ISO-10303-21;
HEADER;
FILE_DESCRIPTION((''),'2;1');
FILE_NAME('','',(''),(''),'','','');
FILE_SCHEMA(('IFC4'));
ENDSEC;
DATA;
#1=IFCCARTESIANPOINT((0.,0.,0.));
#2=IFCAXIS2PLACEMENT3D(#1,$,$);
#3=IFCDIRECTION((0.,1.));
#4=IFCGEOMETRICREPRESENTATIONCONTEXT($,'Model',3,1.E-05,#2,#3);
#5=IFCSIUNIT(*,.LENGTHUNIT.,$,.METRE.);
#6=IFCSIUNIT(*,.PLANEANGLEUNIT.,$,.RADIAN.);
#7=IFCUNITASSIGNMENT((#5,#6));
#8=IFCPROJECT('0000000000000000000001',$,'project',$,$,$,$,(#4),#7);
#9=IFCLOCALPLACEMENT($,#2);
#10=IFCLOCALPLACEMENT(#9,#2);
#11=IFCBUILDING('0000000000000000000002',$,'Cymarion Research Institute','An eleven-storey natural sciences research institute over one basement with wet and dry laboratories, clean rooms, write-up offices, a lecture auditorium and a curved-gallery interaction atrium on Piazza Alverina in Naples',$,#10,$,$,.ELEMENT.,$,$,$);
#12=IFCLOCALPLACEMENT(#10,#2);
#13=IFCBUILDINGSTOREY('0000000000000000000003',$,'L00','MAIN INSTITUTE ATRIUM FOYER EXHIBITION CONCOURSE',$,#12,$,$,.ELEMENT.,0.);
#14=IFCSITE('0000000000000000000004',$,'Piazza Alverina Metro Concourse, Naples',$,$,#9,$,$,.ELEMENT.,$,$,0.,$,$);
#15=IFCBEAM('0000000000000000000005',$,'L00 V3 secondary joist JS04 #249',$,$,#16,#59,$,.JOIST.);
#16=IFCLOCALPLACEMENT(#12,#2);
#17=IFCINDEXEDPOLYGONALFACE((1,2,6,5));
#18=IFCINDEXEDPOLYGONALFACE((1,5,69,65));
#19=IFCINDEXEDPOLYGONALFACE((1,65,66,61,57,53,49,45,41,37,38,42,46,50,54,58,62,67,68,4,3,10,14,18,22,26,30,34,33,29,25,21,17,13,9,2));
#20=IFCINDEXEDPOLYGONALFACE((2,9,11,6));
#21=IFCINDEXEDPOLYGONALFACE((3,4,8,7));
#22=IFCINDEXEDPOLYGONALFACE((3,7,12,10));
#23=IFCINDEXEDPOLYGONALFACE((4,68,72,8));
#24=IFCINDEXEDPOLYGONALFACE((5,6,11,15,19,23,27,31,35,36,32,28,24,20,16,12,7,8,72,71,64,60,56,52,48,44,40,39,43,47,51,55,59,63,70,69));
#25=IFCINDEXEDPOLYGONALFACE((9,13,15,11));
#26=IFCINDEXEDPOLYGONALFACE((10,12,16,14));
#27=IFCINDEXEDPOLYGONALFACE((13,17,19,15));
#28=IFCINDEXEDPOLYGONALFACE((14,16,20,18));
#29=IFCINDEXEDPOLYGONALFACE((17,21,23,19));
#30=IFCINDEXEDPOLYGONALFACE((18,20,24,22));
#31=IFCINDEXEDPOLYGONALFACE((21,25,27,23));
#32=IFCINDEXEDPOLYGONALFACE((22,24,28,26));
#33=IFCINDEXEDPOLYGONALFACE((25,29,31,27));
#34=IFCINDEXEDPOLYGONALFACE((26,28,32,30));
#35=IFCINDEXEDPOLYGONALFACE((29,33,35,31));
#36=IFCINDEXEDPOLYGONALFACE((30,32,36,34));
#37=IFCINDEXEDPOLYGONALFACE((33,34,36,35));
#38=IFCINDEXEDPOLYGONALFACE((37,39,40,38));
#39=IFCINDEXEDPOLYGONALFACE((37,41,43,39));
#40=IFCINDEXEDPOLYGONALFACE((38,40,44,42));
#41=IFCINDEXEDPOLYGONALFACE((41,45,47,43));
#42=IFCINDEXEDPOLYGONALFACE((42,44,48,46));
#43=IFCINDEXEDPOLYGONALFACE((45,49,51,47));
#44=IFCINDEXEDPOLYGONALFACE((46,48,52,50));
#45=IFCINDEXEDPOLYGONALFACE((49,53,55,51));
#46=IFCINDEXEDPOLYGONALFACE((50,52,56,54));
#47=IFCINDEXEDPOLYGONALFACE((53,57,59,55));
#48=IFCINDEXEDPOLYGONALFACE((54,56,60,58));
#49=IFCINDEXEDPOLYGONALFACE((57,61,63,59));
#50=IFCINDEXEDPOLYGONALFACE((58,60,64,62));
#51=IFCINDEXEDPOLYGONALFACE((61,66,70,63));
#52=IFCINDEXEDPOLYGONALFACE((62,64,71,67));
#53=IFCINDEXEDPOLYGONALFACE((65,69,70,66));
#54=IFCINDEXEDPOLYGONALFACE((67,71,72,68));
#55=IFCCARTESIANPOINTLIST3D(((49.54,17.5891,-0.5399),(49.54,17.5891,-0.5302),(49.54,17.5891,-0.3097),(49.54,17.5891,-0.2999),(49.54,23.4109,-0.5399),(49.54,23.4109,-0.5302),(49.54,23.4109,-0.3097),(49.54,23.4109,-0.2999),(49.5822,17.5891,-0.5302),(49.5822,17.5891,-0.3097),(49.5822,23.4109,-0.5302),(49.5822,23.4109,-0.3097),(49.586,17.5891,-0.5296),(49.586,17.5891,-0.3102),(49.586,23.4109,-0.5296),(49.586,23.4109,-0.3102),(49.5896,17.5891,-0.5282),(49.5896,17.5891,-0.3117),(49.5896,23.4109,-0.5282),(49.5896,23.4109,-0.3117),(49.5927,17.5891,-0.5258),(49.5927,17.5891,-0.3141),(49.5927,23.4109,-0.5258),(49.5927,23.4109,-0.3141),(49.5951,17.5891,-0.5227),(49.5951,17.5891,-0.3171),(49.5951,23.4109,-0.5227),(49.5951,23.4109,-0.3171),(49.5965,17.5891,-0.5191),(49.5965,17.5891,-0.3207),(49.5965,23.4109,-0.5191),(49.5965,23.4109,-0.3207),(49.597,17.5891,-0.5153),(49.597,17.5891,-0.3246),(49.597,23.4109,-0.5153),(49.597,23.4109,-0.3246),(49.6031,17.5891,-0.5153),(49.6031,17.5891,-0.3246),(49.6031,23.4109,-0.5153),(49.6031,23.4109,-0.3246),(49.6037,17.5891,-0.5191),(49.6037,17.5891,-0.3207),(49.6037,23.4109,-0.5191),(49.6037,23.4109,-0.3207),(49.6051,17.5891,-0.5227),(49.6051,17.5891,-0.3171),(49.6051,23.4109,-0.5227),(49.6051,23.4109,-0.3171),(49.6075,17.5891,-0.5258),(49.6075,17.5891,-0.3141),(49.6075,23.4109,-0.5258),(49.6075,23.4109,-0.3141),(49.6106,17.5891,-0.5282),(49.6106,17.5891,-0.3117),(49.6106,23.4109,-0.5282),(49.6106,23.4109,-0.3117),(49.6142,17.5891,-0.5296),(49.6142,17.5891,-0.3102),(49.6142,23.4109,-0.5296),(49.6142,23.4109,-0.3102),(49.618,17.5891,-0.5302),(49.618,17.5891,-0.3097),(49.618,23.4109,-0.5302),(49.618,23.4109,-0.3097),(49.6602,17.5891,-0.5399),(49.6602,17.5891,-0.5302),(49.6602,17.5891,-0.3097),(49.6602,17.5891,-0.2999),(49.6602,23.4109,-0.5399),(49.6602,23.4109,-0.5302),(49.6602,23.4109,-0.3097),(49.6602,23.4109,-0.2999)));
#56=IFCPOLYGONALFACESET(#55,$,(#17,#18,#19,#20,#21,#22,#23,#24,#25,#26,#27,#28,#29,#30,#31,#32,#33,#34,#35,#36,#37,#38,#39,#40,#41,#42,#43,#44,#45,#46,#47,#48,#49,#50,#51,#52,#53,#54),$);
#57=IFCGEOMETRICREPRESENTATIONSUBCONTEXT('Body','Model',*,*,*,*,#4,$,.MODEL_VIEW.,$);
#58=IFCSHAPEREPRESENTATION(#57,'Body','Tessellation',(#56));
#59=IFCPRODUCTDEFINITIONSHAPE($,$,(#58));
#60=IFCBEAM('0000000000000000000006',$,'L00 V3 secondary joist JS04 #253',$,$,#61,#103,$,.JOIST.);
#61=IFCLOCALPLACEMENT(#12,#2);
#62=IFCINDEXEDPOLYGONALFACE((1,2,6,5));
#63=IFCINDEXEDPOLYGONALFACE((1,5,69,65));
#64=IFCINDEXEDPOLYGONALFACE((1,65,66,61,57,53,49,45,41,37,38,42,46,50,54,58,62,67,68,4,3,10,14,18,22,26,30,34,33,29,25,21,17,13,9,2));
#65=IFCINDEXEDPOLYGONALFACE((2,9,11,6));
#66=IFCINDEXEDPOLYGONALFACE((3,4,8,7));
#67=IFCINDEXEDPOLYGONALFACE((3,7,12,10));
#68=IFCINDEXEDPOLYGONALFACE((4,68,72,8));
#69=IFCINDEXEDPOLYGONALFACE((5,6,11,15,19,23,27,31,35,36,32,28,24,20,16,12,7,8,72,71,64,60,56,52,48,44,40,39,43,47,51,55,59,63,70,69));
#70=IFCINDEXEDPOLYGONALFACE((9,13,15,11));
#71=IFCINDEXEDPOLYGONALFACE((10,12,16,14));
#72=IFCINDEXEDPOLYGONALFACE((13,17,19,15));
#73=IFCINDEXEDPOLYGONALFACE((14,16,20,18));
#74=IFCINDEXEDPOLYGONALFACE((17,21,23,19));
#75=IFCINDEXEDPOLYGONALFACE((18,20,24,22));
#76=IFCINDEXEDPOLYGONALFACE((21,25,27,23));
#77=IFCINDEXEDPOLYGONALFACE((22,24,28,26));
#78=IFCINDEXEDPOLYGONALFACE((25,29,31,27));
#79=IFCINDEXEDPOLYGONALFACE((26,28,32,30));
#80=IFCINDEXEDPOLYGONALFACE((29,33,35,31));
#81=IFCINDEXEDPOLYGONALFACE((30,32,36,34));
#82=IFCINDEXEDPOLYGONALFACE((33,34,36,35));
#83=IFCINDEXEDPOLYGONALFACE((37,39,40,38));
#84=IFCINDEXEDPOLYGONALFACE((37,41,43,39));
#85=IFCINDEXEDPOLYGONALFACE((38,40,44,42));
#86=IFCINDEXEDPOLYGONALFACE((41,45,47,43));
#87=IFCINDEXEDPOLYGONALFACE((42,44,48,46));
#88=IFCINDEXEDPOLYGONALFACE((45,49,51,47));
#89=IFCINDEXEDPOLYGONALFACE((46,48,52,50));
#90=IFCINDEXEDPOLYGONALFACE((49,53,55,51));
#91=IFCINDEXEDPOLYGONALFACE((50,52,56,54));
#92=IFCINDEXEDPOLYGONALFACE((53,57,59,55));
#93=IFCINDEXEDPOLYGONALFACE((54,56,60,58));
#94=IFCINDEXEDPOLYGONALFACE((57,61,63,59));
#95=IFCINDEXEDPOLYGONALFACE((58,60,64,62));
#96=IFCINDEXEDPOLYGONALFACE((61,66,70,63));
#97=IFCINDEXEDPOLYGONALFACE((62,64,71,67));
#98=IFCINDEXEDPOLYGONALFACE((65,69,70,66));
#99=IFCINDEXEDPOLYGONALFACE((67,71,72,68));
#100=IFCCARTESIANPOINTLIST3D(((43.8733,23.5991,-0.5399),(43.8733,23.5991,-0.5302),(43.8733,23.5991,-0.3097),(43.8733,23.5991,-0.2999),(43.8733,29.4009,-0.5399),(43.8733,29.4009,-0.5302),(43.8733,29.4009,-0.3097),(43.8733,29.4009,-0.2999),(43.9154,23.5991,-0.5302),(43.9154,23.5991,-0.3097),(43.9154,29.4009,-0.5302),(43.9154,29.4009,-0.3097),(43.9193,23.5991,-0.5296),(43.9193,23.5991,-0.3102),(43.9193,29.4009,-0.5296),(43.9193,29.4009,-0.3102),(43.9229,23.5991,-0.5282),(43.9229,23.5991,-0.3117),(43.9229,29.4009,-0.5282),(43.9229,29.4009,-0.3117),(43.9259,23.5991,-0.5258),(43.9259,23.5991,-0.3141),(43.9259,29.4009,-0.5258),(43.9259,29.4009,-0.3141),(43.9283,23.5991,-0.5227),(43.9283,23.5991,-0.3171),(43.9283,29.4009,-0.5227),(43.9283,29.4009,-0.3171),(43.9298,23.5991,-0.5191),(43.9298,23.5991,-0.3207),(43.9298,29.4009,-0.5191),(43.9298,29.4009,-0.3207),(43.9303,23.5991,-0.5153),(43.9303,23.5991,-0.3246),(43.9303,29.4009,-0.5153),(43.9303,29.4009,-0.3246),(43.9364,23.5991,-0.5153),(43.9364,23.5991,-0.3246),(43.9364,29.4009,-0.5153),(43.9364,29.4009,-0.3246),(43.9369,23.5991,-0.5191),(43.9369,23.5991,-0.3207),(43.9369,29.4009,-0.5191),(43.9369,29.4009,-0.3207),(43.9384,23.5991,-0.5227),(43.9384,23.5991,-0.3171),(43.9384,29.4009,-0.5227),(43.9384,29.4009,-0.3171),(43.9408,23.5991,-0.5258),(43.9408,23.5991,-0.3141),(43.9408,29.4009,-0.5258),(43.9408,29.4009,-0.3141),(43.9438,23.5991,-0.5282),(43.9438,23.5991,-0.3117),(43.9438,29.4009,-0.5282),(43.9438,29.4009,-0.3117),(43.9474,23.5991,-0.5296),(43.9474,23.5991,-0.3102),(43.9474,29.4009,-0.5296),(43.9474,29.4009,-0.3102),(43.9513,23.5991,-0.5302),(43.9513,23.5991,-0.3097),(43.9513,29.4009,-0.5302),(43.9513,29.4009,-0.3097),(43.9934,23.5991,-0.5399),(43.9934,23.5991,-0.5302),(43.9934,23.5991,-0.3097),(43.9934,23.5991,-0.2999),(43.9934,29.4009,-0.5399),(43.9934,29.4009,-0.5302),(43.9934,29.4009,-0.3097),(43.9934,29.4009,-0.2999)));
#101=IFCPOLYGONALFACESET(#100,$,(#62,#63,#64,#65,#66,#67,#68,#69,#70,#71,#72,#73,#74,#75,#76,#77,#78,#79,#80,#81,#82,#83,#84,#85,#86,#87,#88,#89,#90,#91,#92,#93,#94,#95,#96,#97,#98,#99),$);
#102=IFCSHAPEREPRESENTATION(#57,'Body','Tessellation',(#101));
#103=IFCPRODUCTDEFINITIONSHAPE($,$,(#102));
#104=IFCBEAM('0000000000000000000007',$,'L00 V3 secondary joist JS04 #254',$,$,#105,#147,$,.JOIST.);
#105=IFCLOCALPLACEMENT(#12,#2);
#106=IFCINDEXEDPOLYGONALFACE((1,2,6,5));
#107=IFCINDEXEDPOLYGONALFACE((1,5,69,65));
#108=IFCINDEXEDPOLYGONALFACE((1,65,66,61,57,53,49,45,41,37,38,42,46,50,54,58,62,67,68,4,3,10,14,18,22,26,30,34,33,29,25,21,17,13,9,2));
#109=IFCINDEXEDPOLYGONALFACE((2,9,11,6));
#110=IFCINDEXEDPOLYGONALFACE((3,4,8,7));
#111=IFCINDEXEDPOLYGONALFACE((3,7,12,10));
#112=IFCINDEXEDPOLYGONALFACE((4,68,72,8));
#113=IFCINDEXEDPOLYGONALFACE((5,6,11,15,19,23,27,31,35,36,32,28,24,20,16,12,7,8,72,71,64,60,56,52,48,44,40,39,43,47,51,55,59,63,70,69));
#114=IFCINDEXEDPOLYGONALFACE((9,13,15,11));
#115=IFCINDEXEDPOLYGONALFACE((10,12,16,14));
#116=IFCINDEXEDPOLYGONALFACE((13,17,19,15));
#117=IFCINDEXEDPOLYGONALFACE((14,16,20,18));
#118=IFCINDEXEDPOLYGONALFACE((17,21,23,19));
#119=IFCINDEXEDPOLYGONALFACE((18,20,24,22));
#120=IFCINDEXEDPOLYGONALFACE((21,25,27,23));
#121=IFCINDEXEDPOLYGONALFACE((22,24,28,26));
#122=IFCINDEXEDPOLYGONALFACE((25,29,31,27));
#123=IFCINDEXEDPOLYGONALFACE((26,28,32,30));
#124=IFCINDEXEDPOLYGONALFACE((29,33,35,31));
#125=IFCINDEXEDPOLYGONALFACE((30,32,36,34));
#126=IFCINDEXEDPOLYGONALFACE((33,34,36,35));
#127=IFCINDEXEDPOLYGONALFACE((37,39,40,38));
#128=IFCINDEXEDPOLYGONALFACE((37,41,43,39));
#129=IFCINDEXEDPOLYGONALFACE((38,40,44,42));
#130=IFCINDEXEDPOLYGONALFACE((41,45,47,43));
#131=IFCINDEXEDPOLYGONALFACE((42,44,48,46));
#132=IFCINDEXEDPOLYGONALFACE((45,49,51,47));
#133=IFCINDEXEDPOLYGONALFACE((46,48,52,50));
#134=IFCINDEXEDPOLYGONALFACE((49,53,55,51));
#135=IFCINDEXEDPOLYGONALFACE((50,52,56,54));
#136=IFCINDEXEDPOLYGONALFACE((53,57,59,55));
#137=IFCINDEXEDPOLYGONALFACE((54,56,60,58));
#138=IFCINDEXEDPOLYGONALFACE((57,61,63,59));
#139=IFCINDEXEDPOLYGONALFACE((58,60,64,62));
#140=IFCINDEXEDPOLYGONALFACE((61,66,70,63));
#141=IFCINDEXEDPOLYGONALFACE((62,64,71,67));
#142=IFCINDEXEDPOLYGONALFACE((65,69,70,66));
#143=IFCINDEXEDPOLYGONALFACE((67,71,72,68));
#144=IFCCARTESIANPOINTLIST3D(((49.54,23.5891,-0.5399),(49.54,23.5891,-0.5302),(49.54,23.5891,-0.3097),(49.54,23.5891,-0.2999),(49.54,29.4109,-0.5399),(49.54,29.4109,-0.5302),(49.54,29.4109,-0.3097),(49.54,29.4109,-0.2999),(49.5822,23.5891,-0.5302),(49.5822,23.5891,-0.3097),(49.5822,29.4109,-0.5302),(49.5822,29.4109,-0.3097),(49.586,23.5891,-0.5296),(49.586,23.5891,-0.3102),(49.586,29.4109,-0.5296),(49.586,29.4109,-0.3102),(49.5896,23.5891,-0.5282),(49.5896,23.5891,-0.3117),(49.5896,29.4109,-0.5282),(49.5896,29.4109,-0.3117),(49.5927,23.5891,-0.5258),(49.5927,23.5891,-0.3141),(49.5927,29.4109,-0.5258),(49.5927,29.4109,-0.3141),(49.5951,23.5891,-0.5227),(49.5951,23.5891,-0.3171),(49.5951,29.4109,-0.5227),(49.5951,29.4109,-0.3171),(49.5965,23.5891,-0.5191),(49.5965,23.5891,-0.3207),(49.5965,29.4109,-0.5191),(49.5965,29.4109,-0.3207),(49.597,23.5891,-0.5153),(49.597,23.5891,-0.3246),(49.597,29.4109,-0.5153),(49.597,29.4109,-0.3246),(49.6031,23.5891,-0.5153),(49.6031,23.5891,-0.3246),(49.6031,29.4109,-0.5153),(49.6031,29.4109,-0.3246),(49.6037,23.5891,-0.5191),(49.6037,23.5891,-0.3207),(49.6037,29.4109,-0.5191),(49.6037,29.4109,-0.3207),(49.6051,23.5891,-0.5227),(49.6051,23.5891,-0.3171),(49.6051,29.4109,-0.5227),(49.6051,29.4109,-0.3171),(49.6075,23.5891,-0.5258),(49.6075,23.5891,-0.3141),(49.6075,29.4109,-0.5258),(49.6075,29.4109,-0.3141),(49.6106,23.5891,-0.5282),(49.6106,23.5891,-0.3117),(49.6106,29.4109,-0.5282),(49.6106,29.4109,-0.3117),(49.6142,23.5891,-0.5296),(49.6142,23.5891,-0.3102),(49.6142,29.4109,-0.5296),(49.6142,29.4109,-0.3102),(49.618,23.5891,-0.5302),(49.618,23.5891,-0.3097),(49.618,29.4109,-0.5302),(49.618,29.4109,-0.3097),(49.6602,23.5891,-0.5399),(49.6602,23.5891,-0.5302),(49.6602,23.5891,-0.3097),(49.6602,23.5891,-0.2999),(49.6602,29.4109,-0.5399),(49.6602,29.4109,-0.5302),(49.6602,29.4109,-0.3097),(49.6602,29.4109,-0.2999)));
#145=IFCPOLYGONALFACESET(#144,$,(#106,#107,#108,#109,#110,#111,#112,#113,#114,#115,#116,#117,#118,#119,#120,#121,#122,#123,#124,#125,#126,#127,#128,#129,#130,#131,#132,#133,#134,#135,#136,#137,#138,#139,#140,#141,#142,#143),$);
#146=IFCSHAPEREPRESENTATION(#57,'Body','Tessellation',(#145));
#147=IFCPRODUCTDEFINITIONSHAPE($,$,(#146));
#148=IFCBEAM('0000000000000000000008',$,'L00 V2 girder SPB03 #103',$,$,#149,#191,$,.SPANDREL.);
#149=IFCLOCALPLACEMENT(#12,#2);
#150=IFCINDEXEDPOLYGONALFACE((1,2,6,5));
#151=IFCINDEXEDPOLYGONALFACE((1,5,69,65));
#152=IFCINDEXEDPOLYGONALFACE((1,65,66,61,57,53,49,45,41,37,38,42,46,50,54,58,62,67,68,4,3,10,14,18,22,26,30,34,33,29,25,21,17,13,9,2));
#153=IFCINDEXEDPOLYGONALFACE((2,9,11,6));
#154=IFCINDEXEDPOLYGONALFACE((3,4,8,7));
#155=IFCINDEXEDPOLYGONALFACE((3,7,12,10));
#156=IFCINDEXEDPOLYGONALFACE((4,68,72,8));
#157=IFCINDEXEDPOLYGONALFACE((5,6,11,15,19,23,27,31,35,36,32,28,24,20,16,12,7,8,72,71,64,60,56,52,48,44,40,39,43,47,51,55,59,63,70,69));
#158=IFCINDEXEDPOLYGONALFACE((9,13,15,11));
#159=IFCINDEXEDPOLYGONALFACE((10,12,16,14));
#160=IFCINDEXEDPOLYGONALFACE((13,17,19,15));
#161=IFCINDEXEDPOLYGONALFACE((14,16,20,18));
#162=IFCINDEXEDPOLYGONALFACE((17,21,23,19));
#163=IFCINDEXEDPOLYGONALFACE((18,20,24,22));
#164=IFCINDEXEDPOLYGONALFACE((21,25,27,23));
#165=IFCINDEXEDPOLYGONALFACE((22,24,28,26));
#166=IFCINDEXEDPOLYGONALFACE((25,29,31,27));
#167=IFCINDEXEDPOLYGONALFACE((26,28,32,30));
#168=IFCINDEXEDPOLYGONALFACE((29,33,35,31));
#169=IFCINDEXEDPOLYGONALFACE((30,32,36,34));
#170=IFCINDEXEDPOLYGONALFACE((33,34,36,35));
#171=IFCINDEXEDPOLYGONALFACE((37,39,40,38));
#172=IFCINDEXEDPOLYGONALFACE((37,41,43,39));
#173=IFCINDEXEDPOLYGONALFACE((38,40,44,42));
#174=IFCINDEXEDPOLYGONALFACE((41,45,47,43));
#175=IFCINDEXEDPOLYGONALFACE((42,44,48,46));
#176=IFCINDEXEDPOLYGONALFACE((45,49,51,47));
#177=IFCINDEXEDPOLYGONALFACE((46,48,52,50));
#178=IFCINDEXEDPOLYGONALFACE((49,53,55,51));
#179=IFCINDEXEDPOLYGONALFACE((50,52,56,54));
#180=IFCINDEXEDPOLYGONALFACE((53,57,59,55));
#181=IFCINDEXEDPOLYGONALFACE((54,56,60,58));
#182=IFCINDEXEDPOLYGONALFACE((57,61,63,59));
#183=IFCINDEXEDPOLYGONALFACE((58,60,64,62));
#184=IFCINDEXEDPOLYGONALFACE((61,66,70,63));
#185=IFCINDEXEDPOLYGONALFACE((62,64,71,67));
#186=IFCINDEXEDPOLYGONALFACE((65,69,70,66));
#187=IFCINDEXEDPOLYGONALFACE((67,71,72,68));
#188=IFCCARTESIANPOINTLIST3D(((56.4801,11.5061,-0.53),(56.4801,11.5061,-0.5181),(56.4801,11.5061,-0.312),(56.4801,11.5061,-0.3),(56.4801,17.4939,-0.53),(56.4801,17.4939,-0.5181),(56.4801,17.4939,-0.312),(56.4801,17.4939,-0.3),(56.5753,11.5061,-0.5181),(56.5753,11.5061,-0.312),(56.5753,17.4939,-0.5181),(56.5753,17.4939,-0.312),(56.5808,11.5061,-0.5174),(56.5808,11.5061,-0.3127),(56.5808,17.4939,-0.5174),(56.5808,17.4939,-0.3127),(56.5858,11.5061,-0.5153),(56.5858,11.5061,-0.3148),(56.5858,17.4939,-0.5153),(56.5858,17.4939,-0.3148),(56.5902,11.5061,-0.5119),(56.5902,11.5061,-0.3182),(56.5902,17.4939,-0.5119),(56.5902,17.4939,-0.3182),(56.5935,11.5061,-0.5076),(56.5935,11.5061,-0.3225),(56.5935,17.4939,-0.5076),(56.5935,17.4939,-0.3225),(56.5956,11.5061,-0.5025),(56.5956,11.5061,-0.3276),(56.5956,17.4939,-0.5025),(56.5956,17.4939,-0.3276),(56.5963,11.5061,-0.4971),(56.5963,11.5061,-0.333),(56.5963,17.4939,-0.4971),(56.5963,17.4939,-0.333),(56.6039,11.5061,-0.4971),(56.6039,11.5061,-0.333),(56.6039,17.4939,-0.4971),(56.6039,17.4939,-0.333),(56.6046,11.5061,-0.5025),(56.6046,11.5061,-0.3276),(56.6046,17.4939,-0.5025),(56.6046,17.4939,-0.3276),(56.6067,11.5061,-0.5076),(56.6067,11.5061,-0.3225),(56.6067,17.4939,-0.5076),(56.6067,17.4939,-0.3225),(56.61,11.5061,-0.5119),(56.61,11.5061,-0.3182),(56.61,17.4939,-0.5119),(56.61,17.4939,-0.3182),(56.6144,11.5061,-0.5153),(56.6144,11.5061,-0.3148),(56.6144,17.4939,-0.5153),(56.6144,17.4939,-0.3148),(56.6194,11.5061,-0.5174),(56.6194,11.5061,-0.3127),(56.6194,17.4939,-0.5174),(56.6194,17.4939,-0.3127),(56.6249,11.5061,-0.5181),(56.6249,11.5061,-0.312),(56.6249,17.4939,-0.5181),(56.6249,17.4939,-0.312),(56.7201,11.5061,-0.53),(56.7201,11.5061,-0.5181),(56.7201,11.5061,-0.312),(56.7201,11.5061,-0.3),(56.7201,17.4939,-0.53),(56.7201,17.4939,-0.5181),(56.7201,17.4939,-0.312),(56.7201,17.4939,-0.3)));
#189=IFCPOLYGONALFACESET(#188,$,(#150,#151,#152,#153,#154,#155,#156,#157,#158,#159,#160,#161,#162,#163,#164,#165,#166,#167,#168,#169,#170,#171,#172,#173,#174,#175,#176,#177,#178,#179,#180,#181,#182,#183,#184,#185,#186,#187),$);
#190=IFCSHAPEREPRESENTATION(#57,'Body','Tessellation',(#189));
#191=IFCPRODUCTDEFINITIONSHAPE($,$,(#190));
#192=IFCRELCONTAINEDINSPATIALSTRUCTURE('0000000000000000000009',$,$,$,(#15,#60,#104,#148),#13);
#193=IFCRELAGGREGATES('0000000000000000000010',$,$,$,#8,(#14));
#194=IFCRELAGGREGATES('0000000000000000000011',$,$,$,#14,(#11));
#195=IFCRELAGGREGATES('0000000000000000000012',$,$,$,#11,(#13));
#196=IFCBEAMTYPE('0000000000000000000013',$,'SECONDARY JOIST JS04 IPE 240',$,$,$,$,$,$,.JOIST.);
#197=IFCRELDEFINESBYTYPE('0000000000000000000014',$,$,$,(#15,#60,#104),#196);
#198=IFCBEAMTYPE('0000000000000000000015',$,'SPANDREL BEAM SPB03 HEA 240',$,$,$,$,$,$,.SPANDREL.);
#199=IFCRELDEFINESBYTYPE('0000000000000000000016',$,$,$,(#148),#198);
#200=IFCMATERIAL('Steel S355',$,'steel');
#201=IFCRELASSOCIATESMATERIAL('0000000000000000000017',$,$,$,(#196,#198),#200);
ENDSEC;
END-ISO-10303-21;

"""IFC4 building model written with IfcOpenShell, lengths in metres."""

from ifc_helpers import new_model, si_unit, direction, frame, origin, origin_2d, place, context, subcontext, project, spatial, i_section, extrude, material, material_profile, profile_set, type_object, element, save


model = new_model("IFC4")

# Units and contexts
model_context = context("Model", 3, precision=1e-05, world=origin(), true_north=direction((0.0, 1.0)))
body_context = subcontext(model_context, "Body", "Model", "MODEL_VIEW")
ifc_project = project(units=[si_unit("LENGTHUNIT", "METRE"), si_unit("PLANEANGLEUNIT", "RADIAN")], contexts=[model_context])

# Site, building, storey
site_placement = place(None, origin())
site = spatial("IfcSite", under=ifc_project, at=site_placement, Name="Piazza Alverina Metro Concourse, Naples", CompositionType="ELEMENT", RefElevation=0.0)
building_placement = place(site_placement, origin())
building = spatial("IfcBuilding", under=site, at=building_placement, Name="Cymarion Research Institute", Description="An eleven-storey natural sciences research institute over one basement with wet and dry laboratories, clean rooms, write-up offices, a lecture auditorium and a curved-gallery interaction atrium on Piazza Alverina in Naples", CompositionType="ELEMENT")
storey_placement = place(building_placement, origin())
storey = spatial("IfcBuildingStorey", under=building, at=storey_placement, Name="L00", Description="MAIN INSTITUTE ATRIUM FOYER EXHIBITION CONCOURSE", CompositionType="ELEMENT", Elevation=0.0)

# Shared definitions
ifc_material_1 = material(Name="Steel S355", Category="steel")

# Beams
ifc_material_profile_1 = material_profile(ifc_material_1, i_section(OverallWidth=0.1201, OverallDepth=0.24, WebThickness=0.0061, FlangeThickness=0.0098, FilletRadius=0.0149, at=origin_2d()), Name="IPE 240")
ifc_profile_set_1 = profile_set([ifc_material_profile_1], Name="Steel S355")
beam_type_1 = type_object("IfcBeamType", Name="SECONDARY JOIST JS04 IPE 240", PredefinedType="JOIST", material=ifc_profile_set_1)
beam_1_placement = place(storey_placement, frame((49.6001, 17.5891, -0.4199), z_axis=(0.0, 1.0, 0.0), x_axis=(-1.0, 0.0, 0.0)))
element("IfcBeam", 1, at=beam_1_placement, inside=storey, type_object=beam_type_1, Name="L00 V3 secondary joist JS04 #249", PredefinedType="JOIST", context=body_context, shape_type="SweptSolid", body=[
    extrude(i_section(OverallWidth=0.1201, OverallDepth=0.24, WebThickness=0.0061, FlangeThickness=0.0098, FilletRadius=0.0149, at=origin_2d()), origin(), (0.0, 0.0, 1.0), 5.8218),
])
beam_2_placement = place(storey_placement, frame((43.9333, 23.5991, -0.4199), z_axis=(0.0, 1.0, 0.0), x_axis=(-1.0, 0.0, 0.0)))
element("IfcBeam", 2, at=beam_2_placement, inside=storey, type_object=beam_type_1, Name="L00 V3 secondary joist JS04 #253", PredefinedType="JOIST", context=body_context, shape_type="SweptSolid", body=[
    extrude(i_section(OverallWidth=0.1201, OverallDepth=0.24, WebThickness=0.0061, FlangeThickness=0.0098, FilletRadius=0.0149, at=origin_2d()), origin(), (0.0, 0.0, 1.0), 5.8018),
])
beam_3_placement = place(storey_placement, frame((49.6001, 23.5891, -0.4199), z_axis=(0.0, 1.0, 0.0), x_axis=(-1.0, 0.0, 0.0)))
element("IfcBeam", 3, at=beam_3_placement, inside=storey, type_object=beam_type_1, Name="L00 V3 secondary joist JS04 #254", PredefinedType="JOIST", context=body_context, shape_type="SweptSolid", body=[
    extrude(i_section(OverallWidth=0.1201, OverallDepth=0.24, WebThickness=0.0061, FlangeThickness=0.0098, FilletRadius=0.0149, at=origin_2d()), origin(), (0.0, 0.0, 1.0), 5.8218),
])
ifc_material_profile_2 = material_profile(ifc_material_1, i_section(OverallWidth=0.24, OverallDepth=0.23, WebThickness=0.0076, FlangeThickness=0.012, FilletRadius=0.021, at=origin_2d()), Name="HEA 240")
ifc_profile_set_2 = profile_set([ifc_material_profile_2], Name="Steel S355")
beam_type_2 = type_object("IfcBeamType", Name="SPANDREL BEAM SPB03 HEA 240", PredefinedType="SPANDREL", material=ifc_profile_set_2)
for number, where, z_axis, x_axis, name in (
    (4, (56.6001, 11.5061, -0.415), (0.0, 1.0, 0.0), (-1.0, 0.0, 0.0), "L00 V2 girder SPB03 #103"),
):
    element("IfcBeam", number, at=place(storey_placement, frame(where, z_axis=z_axis, x_axis=x_axis)), inside=storey, type_object=beam_type_2, Name=name, PredefinedType="SPANDREL", context=body_context, shape_type="SweptSolid", body=[
        extrude(i_section(OverallWidth=0.24, OverallDepth=0.23, WebThickness=0.0076, FlangeThickness=0.012, FilletRadius=0.021, at=origin_2d()), origin(), (0.0, 0.0, 1.0), 5.9878),
    ])

save(model, "model.ifc")
